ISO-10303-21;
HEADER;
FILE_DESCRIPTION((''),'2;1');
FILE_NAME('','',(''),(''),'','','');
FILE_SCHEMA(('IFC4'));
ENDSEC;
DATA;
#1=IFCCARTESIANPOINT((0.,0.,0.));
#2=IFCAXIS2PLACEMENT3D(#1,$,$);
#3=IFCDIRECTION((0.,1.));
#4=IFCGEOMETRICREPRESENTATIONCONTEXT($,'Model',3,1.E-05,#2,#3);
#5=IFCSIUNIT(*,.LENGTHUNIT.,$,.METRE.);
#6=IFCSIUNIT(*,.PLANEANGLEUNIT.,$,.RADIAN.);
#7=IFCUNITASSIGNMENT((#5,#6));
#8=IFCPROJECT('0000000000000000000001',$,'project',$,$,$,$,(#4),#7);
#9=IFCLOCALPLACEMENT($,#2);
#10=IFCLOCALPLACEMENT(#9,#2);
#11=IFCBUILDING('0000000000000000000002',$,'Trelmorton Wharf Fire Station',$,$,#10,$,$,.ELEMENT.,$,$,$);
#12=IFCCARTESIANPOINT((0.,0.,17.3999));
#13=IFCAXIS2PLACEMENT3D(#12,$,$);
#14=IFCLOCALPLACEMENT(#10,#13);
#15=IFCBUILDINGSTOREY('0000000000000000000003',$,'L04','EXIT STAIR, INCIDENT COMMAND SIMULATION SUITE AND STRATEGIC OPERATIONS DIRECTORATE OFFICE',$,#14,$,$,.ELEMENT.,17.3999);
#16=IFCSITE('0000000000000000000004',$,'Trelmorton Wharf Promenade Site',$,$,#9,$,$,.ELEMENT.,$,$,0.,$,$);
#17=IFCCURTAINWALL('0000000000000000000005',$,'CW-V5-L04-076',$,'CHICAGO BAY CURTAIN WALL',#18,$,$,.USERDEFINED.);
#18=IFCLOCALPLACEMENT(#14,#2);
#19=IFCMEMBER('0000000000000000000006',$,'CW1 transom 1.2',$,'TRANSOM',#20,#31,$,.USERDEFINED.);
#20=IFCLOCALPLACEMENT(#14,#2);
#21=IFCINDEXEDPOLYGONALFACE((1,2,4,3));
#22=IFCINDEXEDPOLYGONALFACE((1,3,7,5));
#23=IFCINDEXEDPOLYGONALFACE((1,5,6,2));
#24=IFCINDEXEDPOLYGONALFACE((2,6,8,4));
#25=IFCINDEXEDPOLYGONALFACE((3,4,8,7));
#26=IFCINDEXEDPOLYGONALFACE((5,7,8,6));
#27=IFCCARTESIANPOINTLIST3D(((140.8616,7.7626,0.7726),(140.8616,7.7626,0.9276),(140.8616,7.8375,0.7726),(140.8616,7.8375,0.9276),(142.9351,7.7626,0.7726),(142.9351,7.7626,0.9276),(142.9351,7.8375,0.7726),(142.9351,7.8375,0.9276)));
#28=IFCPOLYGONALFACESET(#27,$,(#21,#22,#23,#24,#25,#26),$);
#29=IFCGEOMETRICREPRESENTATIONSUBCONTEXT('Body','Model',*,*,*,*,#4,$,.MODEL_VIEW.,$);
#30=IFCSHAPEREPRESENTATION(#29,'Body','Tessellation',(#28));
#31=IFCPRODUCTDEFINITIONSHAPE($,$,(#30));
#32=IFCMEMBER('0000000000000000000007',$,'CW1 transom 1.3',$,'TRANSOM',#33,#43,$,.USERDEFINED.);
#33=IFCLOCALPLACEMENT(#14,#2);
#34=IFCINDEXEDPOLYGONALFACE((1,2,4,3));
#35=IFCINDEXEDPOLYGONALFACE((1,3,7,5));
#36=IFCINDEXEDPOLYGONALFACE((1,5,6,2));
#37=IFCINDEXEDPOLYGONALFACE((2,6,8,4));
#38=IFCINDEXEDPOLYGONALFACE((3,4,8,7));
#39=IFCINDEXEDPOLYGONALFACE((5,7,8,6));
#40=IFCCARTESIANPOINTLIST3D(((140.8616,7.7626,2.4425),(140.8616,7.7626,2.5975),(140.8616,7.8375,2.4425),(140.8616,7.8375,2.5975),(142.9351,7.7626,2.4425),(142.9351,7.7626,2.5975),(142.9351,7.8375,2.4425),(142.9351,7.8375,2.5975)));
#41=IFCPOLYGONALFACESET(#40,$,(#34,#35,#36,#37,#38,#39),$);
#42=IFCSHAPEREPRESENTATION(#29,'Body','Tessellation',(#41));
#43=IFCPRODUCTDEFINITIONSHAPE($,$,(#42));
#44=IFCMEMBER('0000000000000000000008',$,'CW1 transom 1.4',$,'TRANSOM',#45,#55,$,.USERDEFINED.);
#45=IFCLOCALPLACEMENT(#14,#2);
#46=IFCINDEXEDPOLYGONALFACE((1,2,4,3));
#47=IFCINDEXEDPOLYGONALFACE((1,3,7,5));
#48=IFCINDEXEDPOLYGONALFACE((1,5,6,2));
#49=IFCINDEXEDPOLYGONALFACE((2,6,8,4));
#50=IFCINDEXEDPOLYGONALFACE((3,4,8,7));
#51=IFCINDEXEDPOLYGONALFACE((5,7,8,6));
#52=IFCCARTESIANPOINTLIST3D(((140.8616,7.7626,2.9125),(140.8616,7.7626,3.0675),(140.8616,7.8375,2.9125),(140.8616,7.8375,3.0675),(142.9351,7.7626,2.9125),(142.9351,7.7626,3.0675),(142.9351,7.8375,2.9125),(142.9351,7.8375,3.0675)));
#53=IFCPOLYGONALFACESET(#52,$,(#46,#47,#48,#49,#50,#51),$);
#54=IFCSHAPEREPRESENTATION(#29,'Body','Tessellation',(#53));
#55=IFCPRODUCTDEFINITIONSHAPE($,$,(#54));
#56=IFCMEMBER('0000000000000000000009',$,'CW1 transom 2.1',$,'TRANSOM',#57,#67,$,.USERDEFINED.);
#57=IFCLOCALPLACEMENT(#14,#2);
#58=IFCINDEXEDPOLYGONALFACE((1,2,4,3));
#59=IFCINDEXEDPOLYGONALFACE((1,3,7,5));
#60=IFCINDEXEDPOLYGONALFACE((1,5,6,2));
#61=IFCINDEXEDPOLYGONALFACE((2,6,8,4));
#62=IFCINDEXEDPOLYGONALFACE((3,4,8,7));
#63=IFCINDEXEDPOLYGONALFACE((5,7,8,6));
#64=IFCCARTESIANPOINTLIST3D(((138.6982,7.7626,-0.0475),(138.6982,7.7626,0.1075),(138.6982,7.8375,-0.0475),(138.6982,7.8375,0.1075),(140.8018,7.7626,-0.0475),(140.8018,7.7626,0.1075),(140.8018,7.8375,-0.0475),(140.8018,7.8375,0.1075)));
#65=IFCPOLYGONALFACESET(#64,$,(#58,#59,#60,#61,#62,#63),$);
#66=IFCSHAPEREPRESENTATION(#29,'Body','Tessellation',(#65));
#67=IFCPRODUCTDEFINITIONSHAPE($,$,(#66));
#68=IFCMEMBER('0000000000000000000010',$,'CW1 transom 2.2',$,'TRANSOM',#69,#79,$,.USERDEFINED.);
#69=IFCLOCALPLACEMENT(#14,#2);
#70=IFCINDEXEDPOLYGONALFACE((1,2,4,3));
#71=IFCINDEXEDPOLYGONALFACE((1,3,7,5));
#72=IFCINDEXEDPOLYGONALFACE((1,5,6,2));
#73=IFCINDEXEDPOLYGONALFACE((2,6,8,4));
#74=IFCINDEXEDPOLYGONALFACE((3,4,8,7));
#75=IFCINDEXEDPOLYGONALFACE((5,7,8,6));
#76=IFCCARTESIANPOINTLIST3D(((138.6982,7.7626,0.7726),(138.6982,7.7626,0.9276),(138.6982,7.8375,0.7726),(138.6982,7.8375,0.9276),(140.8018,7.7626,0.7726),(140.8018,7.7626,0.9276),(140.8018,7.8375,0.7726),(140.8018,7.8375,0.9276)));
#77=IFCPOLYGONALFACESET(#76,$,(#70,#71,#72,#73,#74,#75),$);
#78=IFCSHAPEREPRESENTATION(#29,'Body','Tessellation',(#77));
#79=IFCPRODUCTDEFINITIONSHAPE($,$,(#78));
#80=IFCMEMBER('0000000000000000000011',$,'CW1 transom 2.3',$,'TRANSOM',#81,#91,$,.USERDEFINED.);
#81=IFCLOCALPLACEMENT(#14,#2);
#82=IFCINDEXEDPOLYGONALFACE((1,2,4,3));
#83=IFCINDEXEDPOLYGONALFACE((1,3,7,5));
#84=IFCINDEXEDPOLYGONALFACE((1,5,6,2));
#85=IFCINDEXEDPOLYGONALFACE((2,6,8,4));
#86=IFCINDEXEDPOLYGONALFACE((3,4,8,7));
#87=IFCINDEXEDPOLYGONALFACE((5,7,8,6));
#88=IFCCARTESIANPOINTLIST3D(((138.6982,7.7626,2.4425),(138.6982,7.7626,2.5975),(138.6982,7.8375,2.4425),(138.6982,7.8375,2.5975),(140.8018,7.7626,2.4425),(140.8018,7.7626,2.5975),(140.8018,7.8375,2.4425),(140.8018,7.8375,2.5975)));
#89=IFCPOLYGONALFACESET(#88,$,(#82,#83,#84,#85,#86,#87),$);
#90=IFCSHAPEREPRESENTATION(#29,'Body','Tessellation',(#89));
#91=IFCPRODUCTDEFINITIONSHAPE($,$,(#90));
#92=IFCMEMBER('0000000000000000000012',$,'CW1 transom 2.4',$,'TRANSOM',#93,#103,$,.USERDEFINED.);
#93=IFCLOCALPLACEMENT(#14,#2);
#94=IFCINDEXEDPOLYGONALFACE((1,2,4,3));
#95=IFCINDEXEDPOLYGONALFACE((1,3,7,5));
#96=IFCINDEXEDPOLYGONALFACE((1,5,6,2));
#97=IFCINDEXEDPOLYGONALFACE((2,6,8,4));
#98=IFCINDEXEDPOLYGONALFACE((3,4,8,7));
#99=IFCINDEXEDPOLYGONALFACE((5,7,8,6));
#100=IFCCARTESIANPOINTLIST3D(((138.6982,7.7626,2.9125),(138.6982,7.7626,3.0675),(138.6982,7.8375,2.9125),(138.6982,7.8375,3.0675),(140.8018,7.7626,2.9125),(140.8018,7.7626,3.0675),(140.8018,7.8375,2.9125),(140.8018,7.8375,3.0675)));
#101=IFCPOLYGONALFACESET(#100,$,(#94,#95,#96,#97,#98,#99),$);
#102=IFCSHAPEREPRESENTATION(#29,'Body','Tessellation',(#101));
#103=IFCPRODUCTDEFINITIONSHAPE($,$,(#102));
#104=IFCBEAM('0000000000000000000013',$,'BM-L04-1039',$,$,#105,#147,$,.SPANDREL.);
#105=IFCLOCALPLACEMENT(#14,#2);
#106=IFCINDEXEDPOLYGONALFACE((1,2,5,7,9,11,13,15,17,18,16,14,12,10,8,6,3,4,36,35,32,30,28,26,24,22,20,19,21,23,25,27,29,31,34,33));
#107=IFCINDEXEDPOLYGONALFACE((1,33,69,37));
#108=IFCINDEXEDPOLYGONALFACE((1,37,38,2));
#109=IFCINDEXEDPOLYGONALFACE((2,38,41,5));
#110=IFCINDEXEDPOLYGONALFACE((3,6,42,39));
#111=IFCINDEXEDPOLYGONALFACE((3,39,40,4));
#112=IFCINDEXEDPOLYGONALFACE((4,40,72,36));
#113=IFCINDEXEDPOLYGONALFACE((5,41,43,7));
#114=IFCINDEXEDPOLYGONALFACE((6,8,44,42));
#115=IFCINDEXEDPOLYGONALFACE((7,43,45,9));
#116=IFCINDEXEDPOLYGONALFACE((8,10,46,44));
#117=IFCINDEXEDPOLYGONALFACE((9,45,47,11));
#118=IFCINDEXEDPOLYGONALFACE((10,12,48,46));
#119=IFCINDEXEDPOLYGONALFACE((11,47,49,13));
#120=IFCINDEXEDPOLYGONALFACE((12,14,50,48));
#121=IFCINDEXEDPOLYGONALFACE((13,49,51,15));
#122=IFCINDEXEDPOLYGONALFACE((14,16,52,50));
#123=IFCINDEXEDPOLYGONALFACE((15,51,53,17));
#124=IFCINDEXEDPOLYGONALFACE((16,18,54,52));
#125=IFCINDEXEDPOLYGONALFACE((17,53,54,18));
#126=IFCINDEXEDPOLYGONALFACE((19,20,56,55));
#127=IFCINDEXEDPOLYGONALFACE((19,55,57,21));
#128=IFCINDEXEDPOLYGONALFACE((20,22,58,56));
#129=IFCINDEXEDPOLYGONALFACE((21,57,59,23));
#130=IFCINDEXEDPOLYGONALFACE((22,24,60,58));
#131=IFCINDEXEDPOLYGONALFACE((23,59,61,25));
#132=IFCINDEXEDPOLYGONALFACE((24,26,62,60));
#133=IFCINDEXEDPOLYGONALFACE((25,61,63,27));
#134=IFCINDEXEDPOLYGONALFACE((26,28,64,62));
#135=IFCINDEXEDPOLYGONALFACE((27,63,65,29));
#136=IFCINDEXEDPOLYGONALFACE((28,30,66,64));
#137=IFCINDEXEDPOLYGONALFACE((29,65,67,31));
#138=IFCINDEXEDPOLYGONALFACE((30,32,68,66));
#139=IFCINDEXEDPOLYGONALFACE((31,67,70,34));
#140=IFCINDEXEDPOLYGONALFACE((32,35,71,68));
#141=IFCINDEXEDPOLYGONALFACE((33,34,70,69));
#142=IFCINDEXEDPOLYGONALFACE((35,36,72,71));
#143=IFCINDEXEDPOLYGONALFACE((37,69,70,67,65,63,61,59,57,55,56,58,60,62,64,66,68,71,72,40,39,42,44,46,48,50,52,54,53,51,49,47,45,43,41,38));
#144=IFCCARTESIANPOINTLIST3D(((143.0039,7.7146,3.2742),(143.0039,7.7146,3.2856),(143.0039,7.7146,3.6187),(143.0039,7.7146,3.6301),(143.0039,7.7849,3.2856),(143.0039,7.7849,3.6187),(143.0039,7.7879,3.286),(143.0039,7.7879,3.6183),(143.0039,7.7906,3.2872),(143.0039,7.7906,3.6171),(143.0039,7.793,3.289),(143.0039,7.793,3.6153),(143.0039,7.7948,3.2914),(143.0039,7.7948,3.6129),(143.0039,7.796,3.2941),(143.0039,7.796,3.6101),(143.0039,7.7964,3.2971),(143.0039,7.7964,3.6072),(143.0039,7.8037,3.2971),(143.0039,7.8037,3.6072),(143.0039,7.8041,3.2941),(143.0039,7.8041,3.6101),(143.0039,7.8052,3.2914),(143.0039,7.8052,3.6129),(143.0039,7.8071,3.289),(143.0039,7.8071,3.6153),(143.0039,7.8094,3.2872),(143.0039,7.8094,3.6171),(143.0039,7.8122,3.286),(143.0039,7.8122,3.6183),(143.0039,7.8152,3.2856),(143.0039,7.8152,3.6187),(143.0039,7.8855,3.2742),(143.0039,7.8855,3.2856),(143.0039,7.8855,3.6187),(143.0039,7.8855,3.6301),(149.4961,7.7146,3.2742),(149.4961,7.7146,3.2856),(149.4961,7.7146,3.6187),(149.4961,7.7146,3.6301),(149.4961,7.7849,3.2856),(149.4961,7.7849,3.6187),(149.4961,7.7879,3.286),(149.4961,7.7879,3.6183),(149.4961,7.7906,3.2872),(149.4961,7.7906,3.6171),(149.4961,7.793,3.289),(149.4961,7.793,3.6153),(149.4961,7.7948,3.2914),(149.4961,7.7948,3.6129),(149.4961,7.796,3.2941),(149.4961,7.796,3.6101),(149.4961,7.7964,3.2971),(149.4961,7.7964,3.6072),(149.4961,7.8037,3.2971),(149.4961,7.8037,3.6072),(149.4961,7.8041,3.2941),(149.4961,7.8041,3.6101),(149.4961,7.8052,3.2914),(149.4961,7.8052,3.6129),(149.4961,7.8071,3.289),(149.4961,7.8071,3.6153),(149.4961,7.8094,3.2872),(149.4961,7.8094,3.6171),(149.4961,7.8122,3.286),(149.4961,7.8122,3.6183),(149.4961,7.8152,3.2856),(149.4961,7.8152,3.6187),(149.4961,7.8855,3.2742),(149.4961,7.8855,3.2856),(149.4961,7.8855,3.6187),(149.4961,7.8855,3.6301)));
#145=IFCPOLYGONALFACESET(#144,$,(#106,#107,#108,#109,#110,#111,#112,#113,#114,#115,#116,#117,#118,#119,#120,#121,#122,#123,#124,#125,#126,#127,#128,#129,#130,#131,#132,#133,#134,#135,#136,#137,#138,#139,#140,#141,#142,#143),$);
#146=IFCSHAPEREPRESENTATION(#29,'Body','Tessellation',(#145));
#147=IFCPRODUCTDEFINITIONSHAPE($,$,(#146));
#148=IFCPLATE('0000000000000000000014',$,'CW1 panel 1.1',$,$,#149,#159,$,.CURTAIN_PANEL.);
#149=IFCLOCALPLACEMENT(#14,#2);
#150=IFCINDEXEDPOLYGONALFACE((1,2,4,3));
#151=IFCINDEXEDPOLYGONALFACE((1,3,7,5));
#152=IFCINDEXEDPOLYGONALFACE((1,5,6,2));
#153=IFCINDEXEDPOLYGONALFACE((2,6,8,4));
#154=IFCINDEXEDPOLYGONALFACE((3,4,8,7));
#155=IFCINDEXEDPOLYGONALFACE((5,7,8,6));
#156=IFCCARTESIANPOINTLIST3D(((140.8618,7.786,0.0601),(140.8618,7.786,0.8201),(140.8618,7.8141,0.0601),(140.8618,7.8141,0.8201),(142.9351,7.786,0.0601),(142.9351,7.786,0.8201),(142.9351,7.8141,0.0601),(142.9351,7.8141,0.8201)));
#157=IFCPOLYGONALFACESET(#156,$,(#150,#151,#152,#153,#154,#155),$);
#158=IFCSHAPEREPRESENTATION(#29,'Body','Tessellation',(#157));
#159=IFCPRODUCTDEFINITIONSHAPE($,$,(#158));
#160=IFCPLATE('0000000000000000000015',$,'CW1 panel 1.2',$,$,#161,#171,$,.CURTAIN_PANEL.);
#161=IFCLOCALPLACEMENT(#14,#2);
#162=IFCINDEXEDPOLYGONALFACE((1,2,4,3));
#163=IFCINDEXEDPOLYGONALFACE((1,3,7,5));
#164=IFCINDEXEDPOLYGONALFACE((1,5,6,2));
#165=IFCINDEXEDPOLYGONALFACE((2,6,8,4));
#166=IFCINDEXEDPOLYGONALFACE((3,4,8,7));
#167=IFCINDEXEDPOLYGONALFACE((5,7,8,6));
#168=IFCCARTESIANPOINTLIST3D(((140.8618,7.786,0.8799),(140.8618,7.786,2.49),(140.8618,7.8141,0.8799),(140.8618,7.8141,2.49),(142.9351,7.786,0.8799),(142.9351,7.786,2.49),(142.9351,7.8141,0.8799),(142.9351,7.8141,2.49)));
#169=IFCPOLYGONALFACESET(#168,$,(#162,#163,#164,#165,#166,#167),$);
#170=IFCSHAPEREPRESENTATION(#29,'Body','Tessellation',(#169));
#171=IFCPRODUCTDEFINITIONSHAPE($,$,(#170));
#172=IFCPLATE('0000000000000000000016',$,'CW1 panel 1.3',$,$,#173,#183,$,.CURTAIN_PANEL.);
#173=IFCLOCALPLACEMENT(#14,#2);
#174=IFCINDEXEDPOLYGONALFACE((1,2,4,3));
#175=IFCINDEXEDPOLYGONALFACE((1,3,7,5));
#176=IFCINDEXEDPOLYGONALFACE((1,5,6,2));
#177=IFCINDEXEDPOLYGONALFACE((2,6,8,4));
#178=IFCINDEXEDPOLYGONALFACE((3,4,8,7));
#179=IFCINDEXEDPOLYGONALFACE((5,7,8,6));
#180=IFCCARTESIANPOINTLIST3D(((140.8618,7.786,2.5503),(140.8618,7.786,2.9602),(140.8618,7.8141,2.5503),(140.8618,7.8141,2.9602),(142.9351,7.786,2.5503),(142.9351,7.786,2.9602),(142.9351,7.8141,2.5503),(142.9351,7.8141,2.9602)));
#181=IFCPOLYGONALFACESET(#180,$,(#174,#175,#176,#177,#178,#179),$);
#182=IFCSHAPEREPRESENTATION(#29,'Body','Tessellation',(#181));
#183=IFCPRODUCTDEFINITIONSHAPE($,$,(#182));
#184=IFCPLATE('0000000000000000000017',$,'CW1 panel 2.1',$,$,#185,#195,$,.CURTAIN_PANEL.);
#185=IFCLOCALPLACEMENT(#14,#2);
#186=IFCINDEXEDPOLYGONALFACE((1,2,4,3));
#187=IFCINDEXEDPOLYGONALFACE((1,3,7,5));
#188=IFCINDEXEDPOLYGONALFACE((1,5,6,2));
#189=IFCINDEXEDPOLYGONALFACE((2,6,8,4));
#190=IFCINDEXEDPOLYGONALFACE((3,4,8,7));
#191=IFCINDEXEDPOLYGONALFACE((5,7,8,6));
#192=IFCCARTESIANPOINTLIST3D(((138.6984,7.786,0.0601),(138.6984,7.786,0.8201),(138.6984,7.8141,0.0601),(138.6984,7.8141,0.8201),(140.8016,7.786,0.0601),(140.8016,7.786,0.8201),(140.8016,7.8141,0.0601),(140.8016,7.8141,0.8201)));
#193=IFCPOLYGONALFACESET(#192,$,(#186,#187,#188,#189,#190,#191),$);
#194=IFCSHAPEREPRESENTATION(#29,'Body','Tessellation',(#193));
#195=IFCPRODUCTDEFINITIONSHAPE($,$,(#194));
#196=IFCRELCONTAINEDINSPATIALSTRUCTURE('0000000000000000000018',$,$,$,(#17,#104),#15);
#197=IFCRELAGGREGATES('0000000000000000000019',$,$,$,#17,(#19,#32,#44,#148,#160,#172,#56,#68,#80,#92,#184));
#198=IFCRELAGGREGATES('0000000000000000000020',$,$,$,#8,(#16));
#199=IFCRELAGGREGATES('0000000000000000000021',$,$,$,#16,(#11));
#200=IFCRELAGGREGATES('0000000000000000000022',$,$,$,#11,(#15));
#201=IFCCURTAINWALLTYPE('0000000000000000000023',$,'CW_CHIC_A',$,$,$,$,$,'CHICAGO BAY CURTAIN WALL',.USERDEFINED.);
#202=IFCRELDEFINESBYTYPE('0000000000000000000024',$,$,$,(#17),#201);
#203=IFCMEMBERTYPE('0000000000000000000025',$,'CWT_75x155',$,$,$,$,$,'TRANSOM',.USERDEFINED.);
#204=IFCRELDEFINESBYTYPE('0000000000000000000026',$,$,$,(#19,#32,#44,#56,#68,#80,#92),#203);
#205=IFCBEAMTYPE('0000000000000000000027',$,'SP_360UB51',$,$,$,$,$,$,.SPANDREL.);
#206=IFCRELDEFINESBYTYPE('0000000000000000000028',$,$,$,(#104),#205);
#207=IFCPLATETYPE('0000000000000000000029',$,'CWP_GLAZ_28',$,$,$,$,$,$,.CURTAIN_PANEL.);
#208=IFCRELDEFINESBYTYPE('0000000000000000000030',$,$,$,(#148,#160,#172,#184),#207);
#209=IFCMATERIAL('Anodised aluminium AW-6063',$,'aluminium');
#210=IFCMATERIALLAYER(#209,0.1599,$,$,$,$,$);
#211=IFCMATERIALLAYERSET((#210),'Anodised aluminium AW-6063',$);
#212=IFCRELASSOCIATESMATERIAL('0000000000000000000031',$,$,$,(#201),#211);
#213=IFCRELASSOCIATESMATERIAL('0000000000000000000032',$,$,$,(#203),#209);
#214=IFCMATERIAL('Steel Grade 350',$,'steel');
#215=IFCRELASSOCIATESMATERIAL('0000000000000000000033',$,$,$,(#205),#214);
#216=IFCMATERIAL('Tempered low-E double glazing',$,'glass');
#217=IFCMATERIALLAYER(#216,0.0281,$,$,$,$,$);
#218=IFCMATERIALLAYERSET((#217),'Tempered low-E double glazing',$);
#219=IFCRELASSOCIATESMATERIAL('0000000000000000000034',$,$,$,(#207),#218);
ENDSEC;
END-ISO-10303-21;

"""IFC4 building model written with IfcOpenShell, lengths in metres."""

from ifc_helpers import new_model, si_unit, direction, frame, origin, origin_2d, place, context, subcontext, project, spatial, rectangle, i_section, extrude, material, layer, layer_set, material_profile, profile_set, type_object, element, aggregate, save


model = new_model("IFC4")

# Units and contexts
model_context = context("Model", 3, precision=1e-05, world=origin(), true_north=direction((0.0, 1.0)))
body_context = subcontext(model_context, "Body", "Model", "MODEL_VIEW")
ifc_project = project(units=[si_unit("LENGTHUNIT", "METRE"), si_unit("PLANEANGLEUNIT", "RADIAN")], contexts=[model_context])

# Site, building, storey
site_placement = place(None, origin())
site = spatial("IfcSite", under=ifc_project, at=site_placement, Name="Trelmorton Wharf Promenade Site", CompositionType="ELEMENT", RefElevation=0.0)
building_placement = place(site_placement, origin())
building = spatial("IfcBuilding", under=site, at=building_placement, Name="Trelmorton Wharf Fire Station", CompositionType="ELEMENT")
storey_placement = place(building_placement, frame((0.0, 0.0, 17.3999)))
storey = spatial("IfcBuildingStorey", under=building, at=storey_placement, Name="L04", Description="EXIT STAIR, INCIDENT COMMAND SIMULATION SUITE AND STRATEGIC OPERATIONS DIRECTORATE OFFICE", CompositionType="ELEMENT", Elevation=17.3999)

# Shared definitions
ifc_material_1 = material(Name="Steel Grade 350", Category="steel")

# Curtain wall
ifc_material_2 = material(Name="Anodised aluminium AW-6063", Category="aluminium")
ifc_layer_1 = layer(ifc_material_2, 0.1599)
ifc_layer_set_1 = layer_set([ifc_layer_1], Name="Anodised aluminium AW-6063")
curtain_wall_type_1 = type_object("IfcCurtainWallType", Name="CW_CHIC_A", ElementType="CHICAGO BAY CURTAIN WALL", PredefinedType="USERDEFINED", material=ifc_layer_set_1)
curtain_wall_1_placement = place(storey_placement, origin())
curtain_wall_1 = element("IfcCurtainWall", 1, at=curtain_wall_1_placement, inside=storey, type_object=curtain_wall_type_1, Name="CW-V5-L04-076", ObjectType="CHICAGO BAY CURTAIN WALL", PredefinedType="USERDEFINED")

# Members
ifc_material_profile_1 = material_profile(ifc_material_2, rectangle(XDim=0.075, YDim=0.155, at=origin_2d()), Name="ALU-75x155")
ifc_profile_set_1 = profile_set([ifc_material_profile_1], Name="Anodised aluminium AW-6063")
member_type_1 = type_object("IfcMemberType", Name="CWT_75x155", ElementType="TRANSOM", PredefinedType="USERDEFINED", material=ifc_profile_set_1)
member_1_placement = place(storey_placement, frame((142.9351, 7.8, 0.8501), z_axis=(-1.0, 0.0, 0.0), x_axis=(0.0, -1.0, 0.0)))
member_1 = element("IfcMember", 2, at=member_1_placement, type_object=member_type_1, Name="CW1 transom 1.2", ObjectType="TRANSOM", PredefinedType="USERDEFINED", context=body_context, shape_type="SweptSolid", body=[
    extrude(rectangle(XDim=0.075, YDim=0.155, at=origin_2d()), origin(), (0.0, 0.0, 1.0), 2.0735),
])
member_2_placement = place(storey_placement, frame((142.9351, 7.8, 2.52), z_axis=(-1.0, 0.0, 0.0), x_axis=(0.0, -1.0, 0.0)))
member_2 = element("IfcMember", 3, at=member_2_placement, type_object=member_type_1, Name="CW1 transom 1.3", ObjectType="TRANSOM", PredefinedType="USERDEFINED", context=body_context, shape_type="SweptSolid", body=[
    extrude(rectangle(XDim=0.075, YDim=0.155, at=origin_2d()), origin(), (0.0, 0.0, 1.0), 2.0735),
])
member_3_placement = place(storey_placement, frame((142.9351, 7.8, 2.99), z_axis=(-1.0, 0.0, 0.0), x_axis=(0.0, -1.0, 0.0)))
member_3 = element("IfcMember", 4, at=member_3_placement, type_object=member_type_1, Name="CW1 transom 1.4", ObjectType="TRANSOM", PredefinedType="USERDEFINED", context=body_context, shape_type="SweptSolid", body=[
    extrude(rectangle(XDim=0.075, YDim=0.155, at=origin_2d()), origin(), (0.0, 0.0, 1.0), 2.0735),
])
member_4_placement = place(storey_placement, frame((140.8018, 7.8, 0.03), z_axis=(-1.0, 0.0, 0.0), x_axis=(0.0, -1.0, 0.0)))
member_4 = element("IfcMember", 5, at=member_4_placement, type_object=member_type_1, Name="CW1 transom 2.1", ObjectType="TRANSOM", PredefinedType="USERDEFINED", context=body_context, shape_type="SweptSolid", body=[
    extrude(rectangle(XDim=0.075, YDim=0.155, at=origin_2d()), origin(), (0.0, 0.0, 1.0), 2.1035),
])
member_5_placement = place(storey_placement, frame((140.8018, 7.8, 0.8501), z_axis=(-1.0, 0.0, 0.0), x_axis=(0.0, -1.0, 0.0)))
member_5 = element("IfcMember", 6, at=member_5_placement, type_object=member_type_1, Name="CW1 transom 2.2", ObjectType="TRANSOM", PredefinedType="USERDEFINED", context=body_context, shape_type="SweptSolid", body=[
    extrude(rectangle(XDim=0.075, YDim=0.155, at=origin_2d()), origin(), (0.0, 0.0, 1.0), 2.1035),
])
member_6_placement = place(storey_placement, frame((140.8018, 7.8, 2.52), z_axis=(-1.0, 0.0, 0.0), x_axis=(0.0, -1.0, 0.0)))
member_6 = element("IfcMember", 7, at=member_6_placement, type_object=member_type_1, Name="CW1 transom 2.3", ObjectType="TRANSOM", PredefinedType="USERDEFINED", context=body_context, shape_type="SweptSolid", body=[
    extrude(rectangle(XDim=0.075, YDim=0.155, at=origin_2d()), origin(), (0.0, 0.0, 1.0), 2.1035),
])
member_7_placement = place(storey_placement, frame((140.8018, 7.8, 2.99), z_axis=(-1.0, 0.0, 0.0), x_axis=(0.0, -1.0, 0.0)))
member_7 = element("IfcMember", 8, at=member_7_placement, type_object=member_type_1, Name="CW1 transom 2.4", ObjectType="TRANSOM", PredefinedType="USERDEFINED", context=body_context, shape_type="SweptSolid", body=[
    extrude(rectangle(XDim=0.075, YDim=0.155, at=origin_2d()), origin(), (0.0, 0.0, 1.0), 2.1035),
])

# Beam
ifc_material_profile_2 = material_profile(ifc_material_1, i_section(OverallWidth=0.1709, OverallDepth=0.356, WebThickness=0.0073, FlangeThickness=0.0115, FilletRadius=0.0115, at=origin_2d()), Name="360UB50.7")
ifc_profile_set_2 = profile_set([ifc_material_profile_2], Name="Steel Grade 350")
beam_type_1 = type_object("IfcBeamType", Name="SP_360UB51", PredefinedType="SPANDREL", material=ifc_profile_set_2)
beam_1_placement = place(storey_placement, frame((143.0039, 7.8, 3.4521), z_axis=(1.0, 0.0, 0.0), x_axis=(0.0, 1.0, 0.0)))
element("IfcBeam", 9, at=beam_1_placement, inside=storey, type_object=beam_type_1, Name="BM-L04-1039", PredefinedType="SPANDREL", context=body_context, shape_type="SweptSolid", body=[
    extrude(i_section(OverallWidth=0.1709, OverallDepth=0.356, WebThickness=0.0073, FlangeThickness=0.0115, FilletRadius=0.0115, at=origin_2d()), origin(), (0.0, 0.0, 1.0), 6.4922),
])

# Plates
ifc_material_3 = material(Name="Tempered low-E double glazing", Category="glass")
ifc_layer_2 = layer(ifc_material_3, 0.0281)
ifc_layer_set_2 = layer_set([ifc_layer_2], Name="Tempered low-E double glazing")
plate_type = type_object("IfcPlateType", Name="CWP_GLAZ_28", PredefinedType="CURTAIN_PANEL", material=ifc_layer_set_2)
plate_1_placement = place(storey_placement, frame((141.8984, 7.8, 0.0601), z_axis=(0.0, 0.0, 1.0), x_axis=(-1.0, 0.0, 0.0)))
plate_1 = element("IfcPlate", 10, at=plate_1_placement, type_object=plate_type, Name="CW1 panel 1.1", PredefinedType="CURTAIN_PANEL", context=body_context, shape_type="SweptSolid", body=[
    extrude(rectangle(XDim=2.0732, YDim=0.0281, at=origin_2d()), origin(), (0.0, 0.0, 1.0), 0.76),
])
plate_2_placement = place(storey_placement, frame((141.8984, 7.8, 0.8799), z_axis=(0.0, 0.0, 1.0), x_axis=(-1.0, 0.0, 0.0)))
plate_2 = element("IfcPlate", 11, at=plate_2_placement, type_object=plate_type, Name="CW1 panel 1.2", PredefinedType="CURTAIN_PANEL", context=body_context, shape_type="SweptSolid", body=[
    extrude(rectangle(XDim=2.0732, YDim=0.0281, at=origin_2d()), origin(), (0.0, 0.0, 1.0), 1.6101),
])
plate_3_placement = place(storey_placement, frame((141.8984, 7.8, 2.5503), z_axis=(0.0, 0.0, 1.0), x_axis=(-1.0, 0.0, 0.0)))
plate_3 = element("IfcPlate", 12, at=plate_3_placement, type_object=plate_type, Name="CW1 panel 1.3", PredefinedType="CURTAIN_PANEL", context=body_context, shape_type="SweptSolid", body=[
    extrude(rectangle(XDim=2.0732, YDim=0.0281, at=origin_2d()), origin(), (0.0, 0.0, 1.0), 0.4099),
])
plate_4_placement = place(storey_placement, frame((139.75, 7.8, 0.0601), z_axis=(0.0, 0.0, 1.0), x_axis=(-1.0, 0.0, 0.0)))
plate_4 = element("IfcPlate", 13, at=plate_4_placement, type_object=plate_type, Name="CW1 panel 2.1", PredefinedType="CURTAIN_PANEL", context=body_context, shape_type="SweptSolid", body=[
    extrude(rectangle(XDim=2.1033, YDim=0.0281, at=origin_2d()), origin(), (0.0, 0.0, 1.0), 0.76),
])
aggregate(curtain_wall_1, [member_1, member_2, member_3, plate_1, plate_2, plate_3, member_4, member_5, member_6, member_7, plate_4])

save(model, "model.ifc")
